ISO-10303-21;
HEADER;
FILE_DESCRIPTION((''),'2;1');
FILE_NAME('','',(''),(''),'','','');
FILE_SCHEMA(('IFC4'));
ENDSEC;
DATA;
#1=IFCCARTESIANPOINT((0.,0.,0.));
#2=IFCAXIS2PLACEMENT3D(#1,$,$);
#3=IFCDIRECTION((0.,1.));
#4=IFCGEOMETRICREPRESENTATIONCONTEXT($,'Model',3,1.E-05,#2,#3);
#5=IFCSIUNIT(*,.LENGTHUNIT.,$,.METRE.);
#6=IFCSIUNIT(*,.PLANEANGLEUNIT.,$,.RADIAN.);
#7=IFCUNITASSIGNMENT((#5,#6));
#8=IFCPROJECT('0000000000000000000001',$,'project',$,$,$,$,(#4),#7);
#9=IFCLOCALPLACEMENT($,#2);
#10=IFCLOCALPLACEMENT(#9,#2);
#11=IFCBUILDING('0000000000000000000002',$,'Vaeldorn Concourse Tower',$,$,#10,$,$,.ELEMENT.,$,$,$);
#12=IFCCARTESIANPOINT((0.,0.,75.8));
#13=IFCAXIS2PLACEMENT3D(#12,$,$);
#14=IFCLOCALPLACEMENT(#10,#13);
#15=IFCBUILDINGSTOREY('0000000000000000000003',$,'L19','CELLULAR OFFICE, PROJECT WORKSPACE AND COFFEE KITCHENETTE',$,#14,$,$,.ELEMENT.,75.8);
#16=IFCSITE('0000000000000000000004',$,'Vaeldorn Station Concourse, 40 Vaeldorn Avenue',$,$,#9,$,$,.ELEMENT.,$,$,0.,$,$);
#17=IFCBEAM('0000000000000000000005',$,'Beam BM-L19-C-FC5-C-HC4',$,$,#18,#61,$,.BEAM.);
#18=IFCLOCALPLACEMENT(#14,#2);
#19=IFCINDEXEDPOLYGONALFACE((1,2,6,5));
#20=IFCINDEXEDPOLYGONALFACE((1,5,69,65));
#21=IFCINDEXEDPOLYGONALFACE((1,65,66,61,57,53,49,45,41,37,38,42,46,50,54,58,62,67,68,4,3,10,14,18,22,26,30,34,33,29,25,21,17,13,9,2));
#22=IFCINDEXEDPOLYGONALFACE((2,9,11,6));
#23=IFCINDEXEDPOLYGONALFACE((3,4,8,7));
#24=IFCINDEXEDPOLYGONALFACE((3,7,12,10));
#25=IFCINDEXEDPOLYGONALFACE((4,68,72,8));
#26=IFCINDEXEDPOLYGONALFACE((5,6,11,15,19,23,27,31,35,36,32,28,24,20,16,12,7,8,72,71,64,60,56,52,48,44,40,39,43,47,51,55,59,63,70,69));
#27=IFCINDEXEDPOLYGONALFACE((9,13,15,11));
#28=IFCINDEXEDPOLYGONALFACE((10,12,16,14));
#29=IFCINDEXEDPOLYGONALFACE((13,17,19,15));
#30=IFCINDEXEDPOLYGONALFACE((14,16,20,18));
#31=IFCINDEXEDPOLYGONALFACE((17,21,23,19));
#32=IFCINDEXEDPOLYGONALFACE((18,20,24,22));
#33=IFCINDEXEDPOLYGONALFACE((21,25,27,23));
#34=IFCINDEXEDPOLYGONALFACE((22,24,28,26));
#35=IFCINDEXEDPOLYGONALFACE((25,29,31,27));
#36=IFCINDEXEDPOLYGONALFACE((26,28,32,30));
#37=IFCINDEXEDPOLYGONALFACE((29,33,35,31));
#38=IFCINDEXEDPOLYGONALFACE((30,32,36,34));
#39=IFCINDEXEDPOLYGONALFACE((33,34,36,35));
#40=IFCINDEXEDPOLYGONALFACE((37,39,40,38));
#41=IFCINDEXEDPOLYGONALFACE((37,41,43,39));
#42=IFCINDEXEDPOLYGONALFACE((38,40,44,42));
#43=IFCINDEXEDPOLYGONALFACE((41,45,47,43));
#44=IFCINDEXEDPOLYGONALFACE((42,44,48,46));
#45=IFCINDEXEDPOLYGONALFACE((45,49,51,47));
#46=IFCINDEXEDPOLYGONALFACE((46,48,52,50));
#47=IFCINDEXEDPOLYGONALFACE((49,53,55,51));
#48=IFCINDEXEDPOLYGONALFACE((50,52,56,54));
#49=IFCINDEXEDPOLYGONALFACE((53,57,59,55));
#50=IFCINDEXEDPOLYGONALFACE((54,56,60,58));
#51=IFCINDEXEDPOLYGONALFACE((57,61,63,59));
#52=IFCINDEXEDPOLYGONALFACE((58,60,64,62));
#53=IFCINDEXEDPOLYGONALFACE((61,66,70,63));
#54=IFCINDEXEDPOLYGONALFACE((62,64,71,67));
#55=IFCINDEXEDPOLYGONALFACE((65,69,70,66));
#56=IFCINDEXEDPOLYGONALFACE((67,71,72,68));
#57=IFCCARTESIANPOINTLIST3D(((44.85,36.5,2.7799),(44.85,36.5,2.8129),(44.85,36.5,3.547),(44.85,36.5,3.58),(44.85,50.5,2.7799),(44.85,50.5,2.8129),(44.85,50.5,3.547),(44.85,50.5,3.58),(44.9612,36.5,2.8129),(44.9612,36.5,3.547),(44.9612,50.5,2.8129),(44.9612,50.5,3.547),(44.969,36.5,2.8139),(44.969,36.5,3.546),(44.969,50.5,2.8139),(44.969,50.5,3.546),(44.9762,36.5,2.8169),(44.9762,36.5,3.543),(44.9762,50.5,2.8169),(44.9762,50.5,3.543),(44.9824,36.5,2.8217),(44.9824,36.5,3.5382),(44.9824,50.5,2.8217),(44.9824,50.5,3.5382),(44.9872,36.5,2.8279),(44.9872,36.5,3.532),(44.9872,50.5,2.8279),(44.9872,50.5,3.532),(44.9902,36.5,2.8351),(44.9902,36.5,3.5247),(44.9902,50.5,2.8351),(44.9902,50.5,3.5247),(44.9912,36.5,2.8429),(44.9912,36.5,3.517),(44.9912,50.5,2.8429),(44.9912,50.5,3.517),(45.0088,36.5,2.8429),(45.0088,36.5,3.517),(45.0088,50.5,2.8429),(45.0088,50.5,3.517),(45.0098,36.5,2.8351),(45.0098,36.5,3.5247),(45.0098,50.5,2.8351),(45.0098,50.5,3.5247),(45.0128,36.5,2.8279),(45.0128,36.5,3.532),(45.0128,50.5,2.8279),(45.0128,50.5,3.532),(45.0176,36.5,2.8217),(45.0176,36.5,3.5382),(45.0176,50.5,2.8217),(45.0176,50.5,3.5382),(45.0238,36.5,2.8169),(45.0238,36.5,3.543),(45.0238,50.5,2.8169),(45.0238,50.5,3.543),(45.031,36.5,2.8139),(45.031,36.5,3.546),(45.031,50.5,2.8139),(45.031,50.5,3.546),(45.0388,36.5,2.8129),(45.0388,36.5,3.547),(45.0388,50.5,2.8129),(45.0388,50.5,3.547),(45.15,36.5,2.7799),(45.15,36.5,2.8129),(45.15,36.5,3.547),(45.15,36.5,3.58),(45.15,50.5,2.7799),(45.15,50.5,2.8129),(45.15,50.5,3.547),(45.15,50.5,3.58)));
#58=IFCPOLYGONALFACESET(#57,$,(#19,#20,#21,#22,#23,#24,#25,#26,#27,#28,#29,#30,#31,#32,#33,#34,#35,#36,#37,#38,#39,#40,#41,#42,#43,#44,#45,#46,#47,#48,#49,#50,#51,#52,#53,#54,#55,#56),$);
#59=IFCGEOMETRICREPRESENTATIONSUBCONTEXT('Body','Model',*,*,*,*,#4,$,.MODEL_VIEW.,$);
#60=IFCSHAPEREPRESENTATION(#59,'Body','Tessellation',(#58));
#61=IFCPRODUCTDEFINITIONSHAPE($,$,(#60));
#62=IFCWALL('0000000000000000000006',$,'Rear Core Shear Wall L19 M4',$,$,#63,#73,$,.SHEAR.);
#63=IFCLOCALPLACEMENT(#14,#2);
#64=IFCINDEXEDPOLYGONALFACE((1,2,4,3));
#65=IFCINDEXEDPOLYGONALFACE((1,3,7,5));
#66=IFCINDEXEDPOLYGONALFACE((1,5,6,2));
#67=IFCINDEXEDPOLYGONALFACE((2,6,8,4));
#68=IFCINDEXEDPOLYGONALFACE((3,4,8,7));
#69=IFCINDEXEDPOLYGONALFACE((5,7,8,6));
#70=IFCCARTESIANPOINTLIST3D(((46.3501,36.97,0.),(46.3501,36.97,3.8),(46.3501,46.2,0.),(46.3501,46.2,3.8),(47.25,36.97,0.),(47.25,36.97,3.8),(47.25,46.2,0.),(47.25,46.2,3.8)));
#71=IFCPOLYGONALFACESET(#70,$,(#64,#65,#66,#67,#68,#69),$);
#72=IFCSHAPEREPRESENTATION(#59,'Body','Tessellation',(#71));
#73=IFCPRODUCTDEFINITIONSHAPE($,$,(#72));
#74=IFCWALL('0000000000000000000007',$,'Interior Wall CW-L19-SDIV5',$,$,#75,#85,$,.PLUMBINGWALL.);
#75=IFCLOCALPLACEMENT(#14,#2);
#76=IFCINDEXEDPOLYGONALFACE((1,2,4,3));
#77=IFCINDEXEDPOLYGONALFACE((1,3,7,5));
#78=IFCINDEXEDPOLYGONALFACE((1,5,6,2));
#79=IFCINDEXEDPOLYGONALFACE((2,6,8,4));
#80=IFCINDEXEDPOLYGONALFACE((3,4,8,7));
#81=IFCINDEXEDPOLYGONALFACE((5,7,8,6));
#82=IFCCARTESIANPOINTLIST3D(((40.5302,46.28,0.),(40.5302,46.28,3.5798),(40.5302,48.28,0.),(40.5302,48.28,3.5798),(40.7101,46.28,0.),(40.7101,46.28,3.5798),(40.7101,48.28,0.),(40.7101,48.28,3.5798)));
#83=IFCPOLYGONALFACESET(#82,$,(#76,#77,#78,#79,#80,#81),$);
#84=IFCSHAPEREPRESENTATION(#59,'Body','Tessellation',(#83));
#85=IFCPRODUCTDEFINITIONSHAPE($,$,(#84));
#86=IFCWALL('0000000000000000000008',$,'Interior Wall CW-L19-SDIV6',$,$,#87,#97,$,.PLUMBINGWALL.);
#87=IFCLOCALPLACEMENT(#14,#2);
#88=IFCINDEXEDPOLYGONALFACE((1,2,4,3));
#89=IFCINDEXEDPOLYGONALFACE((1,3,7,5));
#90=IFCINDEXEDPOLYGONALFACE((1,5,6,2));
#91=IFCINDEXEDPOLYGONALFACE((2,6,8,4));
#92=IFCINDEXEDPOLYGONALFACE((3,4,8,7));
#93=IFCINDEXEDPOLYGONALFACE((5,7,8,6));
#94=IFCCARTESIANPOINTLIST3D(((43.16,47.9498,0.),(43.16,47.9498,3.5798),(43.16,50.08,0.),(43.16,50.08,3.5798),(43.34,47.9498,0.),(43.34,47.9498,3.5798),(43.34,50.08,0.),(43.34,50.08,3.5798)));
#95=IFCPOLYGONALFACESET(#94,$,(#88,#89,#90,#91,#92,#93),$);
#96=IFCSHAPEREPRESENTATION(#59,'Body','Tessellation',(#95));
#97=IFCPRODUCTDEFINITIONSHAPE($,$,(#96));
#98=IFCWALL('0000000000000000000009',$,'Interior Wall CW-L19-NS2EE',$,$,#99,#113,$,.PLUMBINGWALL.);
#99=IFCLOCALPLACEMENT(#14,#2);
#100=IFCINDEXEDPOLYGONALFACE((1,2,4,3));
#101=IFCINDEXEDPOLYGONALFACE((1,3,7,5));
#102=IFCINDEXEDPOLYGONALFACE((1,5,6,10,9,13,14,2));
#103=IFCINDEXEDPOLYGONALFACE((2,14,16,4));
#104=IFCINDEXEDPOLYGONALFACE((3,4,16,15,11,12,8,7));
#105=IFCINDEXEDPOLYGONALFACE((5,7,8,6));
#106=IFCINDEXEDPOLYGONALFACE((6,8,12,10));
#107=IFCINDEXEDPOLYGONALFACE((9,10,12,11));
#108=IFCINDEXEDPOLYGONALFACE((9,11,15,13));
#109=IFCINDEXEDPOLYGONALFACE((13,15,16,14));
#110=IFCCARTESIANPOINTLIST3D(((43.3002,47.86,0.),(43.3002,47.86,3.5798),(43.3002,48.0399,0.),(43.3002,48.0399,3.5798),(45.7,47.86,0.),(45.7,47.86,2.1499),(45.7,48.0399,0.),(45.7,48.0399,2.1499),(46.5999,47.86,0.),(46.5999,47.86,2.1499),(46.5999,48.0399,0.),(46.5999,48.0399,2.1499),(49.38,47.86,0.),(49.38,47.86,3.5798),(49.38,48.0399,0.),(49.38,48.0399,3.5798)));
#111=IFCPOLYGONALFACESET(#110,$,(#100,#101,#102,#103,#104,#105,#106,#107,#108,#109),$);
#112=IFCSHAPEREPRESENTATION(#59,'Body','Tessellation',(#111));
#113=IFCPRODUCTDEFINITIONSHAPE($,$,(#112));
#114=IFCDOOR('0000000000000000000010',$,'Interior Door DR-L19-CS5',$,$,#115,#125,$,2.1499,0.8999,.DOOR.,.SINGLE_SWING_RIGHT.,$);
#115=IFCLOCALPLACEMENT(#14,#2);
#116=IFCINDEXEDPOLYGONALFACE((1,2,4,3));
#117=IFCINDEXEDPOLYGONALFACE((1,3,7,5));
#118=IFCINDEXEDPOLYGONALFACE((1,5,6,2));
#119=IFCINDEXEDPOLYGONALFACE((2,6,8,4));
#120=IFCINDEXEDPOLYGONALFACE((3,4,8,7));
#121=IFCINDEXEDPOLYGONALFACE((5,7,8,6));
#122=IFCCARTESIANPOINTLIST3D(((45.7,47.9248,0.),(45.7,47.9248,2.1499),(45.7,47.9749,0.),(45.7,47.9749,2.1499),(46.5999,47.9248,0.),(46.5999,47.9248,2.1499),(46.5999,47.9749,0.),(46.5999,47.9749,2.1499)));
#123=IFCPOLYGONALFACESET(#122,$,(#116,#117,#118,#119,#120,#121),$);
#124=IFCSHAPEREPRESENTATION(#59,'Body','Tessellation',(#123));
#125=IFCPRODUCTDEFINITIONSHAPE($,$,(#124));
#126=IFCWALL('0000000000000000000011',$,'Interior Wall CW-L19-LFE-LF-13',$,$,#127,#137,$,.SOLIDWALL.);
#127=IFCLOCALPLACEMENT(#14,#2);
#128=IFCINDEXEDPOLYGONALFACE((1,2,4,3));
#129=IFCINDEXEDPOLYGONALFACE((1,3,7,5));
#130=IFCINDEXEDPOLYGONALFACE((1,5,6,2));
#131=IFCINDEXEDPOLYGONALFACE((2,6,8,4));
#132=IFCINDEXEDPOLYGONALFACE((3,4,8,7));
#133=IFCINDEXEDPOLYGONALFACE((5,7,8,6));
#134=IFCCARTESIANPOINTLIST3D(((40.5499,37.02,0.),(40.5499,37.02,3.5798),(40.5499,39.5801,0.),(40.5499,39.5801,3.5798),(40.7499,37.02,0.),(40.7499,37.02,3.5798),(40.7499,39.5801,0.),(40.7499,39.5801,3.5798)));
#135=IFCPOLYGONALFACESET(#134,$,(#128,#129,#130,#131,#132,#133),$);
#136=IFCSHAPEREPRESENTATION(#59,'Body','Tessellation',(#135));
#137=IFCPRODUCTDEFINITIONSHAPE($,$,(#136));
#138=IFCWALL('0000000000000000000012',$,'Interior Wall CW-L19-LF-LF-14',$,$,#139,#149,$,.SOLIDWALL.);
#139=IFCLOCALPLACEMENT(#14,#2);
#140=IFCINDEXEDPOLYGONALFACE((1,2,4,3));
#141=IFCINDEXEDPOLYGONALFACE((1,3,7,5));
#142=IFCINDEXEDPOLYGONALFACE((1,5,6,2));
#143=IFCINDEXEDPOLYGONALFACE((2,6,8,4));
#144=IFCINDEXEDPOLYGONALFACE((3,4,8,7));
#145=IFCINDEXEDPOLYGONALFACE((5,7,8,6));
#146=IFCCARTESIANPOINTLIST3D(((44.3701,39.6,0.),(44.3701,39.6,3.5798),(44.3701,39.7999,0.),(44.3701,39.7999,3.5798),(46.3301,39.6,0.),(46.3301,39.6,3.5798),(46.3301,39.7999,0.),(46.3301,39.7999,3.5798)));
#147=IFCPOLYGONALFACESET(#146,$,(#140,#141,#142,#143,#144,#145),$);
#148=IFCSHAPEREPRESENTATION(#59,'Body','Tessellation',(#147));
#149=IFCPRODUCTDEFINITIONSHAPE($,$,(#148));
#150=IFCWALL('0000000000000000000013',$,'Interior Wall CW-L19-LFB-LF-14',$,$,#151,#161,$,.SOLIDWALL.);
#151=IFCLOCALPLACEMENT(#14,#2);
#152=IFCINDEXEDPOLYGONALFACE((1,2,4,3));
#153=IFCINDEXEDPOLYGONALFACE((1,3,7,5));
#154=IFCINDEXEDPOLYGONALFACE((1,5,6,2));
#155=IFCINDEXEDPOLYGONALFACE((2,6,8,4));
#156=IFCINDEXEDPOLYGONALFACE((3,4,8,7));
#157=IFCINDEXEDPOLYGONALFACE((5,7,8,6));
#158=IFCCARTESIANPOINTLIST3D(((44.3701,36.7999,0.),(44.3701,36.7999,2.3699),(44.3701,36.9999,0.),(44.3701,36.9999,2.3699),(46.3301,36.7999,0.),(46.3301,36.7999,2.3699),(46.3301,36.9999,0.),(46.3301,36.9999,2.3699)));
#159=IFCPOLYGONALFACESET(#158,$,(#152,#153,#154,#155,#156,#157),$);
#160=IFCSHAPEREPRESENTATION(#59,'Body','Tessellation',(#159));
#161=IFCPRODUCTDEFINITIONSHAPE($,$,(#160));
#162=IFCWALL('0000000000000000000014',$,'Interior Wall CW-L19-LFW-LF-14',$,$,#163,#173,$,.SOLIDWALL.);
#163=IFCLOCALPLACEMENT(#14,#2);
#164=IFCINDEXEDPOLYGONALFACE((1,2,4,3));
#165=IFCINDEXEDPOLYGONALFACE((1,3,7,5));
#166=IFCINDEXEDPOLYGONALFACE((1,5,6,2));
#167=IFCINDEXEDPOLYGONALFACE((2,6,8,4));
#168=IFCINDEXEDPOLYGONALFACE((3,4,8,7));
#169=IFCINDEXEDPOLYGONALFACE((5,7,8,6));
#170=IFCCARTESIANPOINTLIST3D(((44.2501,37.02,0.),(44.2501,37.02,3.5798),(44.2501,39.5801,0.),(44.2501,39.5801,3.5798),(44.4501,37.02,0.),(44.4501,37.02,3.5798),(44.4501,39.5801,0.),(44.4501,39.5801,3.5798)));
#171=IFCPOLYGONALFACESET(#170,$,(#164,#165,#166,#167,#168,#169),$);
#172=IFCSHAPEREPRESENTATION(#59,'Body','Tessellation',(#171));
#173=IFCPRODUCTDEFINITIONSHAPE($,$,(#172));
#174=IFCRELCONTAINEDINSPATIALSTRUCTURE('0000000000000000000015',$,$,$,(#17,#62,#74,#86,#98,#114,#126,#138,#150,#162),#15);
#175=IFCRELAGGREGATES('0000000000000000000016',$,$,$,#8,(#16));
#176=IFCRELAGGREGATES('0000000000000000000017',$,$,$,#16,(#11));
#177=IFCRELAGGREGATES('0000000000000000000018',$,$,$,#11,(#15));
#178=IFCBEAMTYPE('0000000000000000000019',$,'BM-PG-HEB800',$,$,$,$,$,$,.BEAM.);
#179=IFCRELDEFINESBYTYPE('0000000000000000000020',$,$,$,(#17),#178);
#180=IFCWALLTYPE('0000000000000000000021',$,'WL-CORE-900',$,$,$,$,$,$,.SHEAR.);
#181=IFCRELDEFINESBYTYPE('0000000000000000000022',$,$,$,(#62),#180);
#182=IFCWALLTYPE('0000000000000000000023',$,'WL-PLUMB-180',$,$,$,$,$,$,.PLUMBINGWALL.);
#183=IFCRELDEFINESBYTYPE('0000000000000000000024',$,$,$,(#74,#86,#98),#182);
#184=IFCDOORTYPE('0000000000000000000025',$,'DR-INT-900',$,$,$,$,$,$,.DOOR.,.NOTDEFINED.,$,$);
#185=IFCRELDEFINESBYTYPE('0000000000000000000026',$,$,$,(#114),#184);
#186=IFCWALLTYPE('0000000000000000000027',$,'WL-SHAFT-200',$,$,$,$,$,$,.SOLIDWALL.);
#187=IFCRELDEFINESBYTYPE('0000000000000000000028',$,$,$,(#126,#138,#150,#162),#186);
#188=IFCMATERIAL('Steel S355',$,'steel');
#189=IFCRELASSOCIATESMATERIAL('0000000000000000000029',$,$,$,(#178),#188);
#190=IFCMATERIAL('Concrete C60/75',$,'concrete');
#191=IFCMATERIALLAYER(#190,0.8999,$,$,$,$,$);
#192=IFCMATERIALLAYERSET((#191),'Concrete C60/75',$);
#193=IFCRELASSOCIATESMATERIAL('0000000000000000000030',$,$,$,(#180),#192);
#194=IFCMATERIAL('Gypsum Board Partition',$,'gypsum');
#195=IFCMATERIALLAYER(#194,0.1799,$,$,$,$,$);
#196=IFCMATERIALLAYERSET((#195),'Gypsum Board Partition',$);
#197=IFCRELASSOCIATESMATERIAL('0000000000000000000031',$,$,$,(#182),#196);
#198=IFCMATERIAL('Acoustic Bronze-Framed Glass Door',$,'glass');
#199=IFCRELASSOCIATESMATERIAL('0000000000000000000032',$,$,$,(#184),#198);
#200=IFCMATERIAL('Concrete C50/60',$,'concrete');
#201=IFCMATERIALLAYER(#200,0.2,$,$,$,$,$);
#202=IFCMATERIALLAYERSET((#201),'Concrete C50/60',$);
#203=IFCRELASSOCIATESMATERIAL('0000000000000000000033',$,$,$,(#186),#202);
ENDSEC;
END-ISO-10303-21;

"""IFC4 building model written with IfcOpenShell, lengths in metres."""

from ifc_helpers import new_model, si_unit, direction, frame, frame_2d, origin, origin_2d, place, context, subcontext, project, spatial, rectangle, i_section, extrude, source, transform, mapped, material, layer, layer_set, material_profile, profile_set, type_object, element, fill, save


model = new_model("IFC4")

# Units and contexts
model_context = context("Model", 3, precision=1e-05, world=origin(), true_north=direction((0.0, 1.0)))
body_context = subcontext(model_context, "Body", "Model", "MODEL_VIEW")
ifc_project = project(units=[si_unit("LENGTHUNIT", "METRE"), si_unit("PLANEANGLEUNIT", "RADIAN")], contexts=[model_context])

# Site, building, storey
site_placement = place(None, origin())
site = spatial("IfcSite", under=ifc_project, at=site_placement, Name="Vaeldorn Station Concourse, 40 Vaeldorn Avenue", CompositionType="ELEMENT", RefElevation=0.0)
building_placement = place(site_placement, origin())
building = spatial("IfcBuilding", under=site, at=building_placement, Name="Vaeldorn Concourse Tower", CompositionType="ELEMENT")
storey_placement = place(building_placement, frame((0.0, 0.0, 75.8)))
storey = spatial("IfcBuildingStorey", under=building, at=storey_placement, Name="L19", Description="CELLULAR OFFICE, PROJECT WORKSPACE AND COFFEE KITCHENETTE", CompositionType="ELEMENT", Elevation=75.8)

# Beam
ifc_material_1 = material(Name="Concrete C60/75", Category="concrete")
ifc_material_2 = material(Name="Steel S355", Category="steel")
ifc_material_profile_1 = material_profile(ifc_material_2, i_section(OverallWidth=0.3, OverallDepth=0.8, WebThickness=0.0176, FlangeThickness=0.033, FilletRadius=0.03, at=origin_2d()), Name="HEB 800")
ifc_profile_set_1 = profile_set([ifc_material_profile_1], Name="Steel S355")
beam_type_1 = type_object("IfcBeamType", Name="BM-PG-HEB800", PredefinedType="BEAM", material=ifc_profile_set_1)
shared_shape_1 = source(origin(), body_context, "Body", "SweptSolid", [
    extrude(i_section(OverallWidth=0.3, OverallDepth=0.8, WebThickness=0.0176, FlangeThickness=0.033, FilletRadius=0.03, at=origin_2d()), origin(), (0.0, 0.0, 1.0), 14.0),
])
beam_1_placement = place(storey_placement, frame((45.0, 36.5, 3.1799), z_axis=(0.0, 1.0, 0.0), x_axis=(-1.0, 0.0, 0.0)))
element("IfcBeam", 1, at=beam_1_placement, inside=storey, type_object=beam_type_1, Name="Beam BM-L19-C-FC5-C-HC4", PredefinedType="BEAM", context=body_context, shape_type="MappedRepresentation", body=[
    mapped(shared_shape_1, transform((0.0, 0.0, 0.0), scale=1.0)),
])

# Walls
ifc_layer_1 = layer(ifc_material_1, 0.8999)
ifc_layer_set_1 = layer_set([ifc_layer_1], Name="Concrete C60/75")
wall_type_1 = type_object("IfcWallType", Name="WL-CORE-900", PredefinedType="SHEAR", material=ifc_layer_set_1)
wall_1_placement = place(storey_placement, frame((46.8, 36.97, 0.0), z_axis=(0.0, 0.0, 1.0), x_axis=(0.0, 1.0, 0.0)))
element("IfcWall", 2, at=wall_1_placement, inside=storey, type_object=wall_type_1, Name="Rear Core Shear Wall L19 M4", PredefinedType="SHEAR", context=body_context, shape_type="SweptSolid", body=[
    extrude(rectangle(XDim=9.23, YDim=0.8999, at=frame_2d((4.615, 0.0))), origin(), (0.0, 0.0, 1.0), 3.8),
])
ifc_material_3 = material(Name="Gypsum Board Partition", Category="gypsum")
ifc_layer_2 = layer(ifc_material_3, 0.1799)
ifc_layer_set_2 = layer_set([ifc_layer_2], Name="Gypsum Board Partition")
wall_type_2 = type_object("IfcWallType", Name="WL-PLUMB-180", PredefinedType="PLUMBINGWALL", material=ifc_layer_set_2)
wall_2_placement = place(storey_placement, frame((40.6201, 46.28, 0.0), z_axis=(0.0, 0.0, 1.0), x_axis=(0.0, 1.0, 0.0)))
element("IfcWall", 3, at=wall_2_placement, inside=storey, type_object=wall_type_2, Name="Interior Wall CW-L19-SDIV5", PredefinedType="PLUMBINGWALL", context=body_context, shape_type="SweptSolid", body=[
    extrude(rectangle(XDim=2.0, YDim=0.1799, at=frame_2d((1.0, 0.0))), origin(), (0.0, 0.0, 1.0), 3.5798),
])
wall_3_placement = place(storey_placement, frame((43.25, 47.95, 0.0), z_axis=(0.0, 0.0, 1.0), x_axis=(0.0, 1.0, 0.0)))
element("IfcWall", 4, at=wall_3_placement, inside=storey, type_object=wall_type_2, Name="Interior Wall CW-L19-SDIV6", PredefinedType="PLUMBINGWALL", context=body_context, shape_type="SweptSolid", body=[
    extrude(rectangle(XDim=2.1301, YDim=0.1799, at=frame_2d((1.0649, 0.0))), origin(), (0.0, 0.0, 1.0), 3.5798),
])

# Wall, opening, door
wall_4_placement = place(storey_placement, frame((43.3, 47.95, 0.0), z_axis=(0.0, 0.0, 1.0), x_axis=(1.0, 0.0, 0.0)))
wall_4 = element("IfcWall", 5, at=wall_4_placement, inside=storey, type_object=wall_type_2, Name="Interior Wall CW-L19-NS2EE", PredefinedType="PLUMBINGWALL", context=body_context, shape_type="SweptSolid", body=[
    extrude(rectangle(XDim=6.0798, YDim=0.1799, at=frame_2d((3.04, 0.0))), origin(), (0.0, 0.0, 1.0), 3.5798),
])
opening_1_placement = place(wall_4_placement, frame((2.3999, 0.0, 0.0)))
opening_1 = element("IfcOpeningElement", 6, at=opening_1_placement, cuts=wall_4, PredefinedType="OPENING", context=body_context, shape_type="SweptSolid", body=[
    extrude(rectangle(XDim=0.8999, YDim=2.1499, at=frame_2d((0.45, 1.075))), frame((0.0, 0.1001, 0.0), z_axis=(0.0, -1.0, 0.0), x_axis=(1.0, 0.0, 0.0)), (0.0, 0.0, 1.0), 0.2),
])
ifc_material_4 = material(Name="Acoustic Bronze-Framed Glass Door", Category="glass")
door_type_1 = type_object("IfcDoorType", Name="DR-INT-900", OperationType="NOTDEFINED", PredefinedType="DOOR", material=ifc_material_4)
shared_shape_2 = source(origin(), body_context, "Body", "SweptSolid", [
    extrude(rectangle(XDim=0.8999, YDim=2.1499, at=frame_2d((0.45, 1.075))), frame((0.0, 0.0249, 0.0), z_axis=(0.0, -1.0, 0.0), x_axis=(1.0, 0.0, 0.0)), (0.0, 0.0, 1.0), 0.05),
])
door_1_placement = place(opening_1_placement, origin())
door_1 = element("IfcDoor", 7, at=door_1_placement, inside=storey, type_object=door_type_1, Name="Interior Door DR-L19-CS5", OperationType="SINGLE_SWING_RIGHT", OverallHeight=2.1499, OverallWidth=0.8999, PredefinedType="DOOR", context=body_context, shape_type="MappedRepresentation", body=[
    mapped(shared_shape_2, transform((0.0, 0.0, 0.0), scale=1.0)),
])
fill(opening_1, door_1)
ifc_material_5 = material(Name="Concrete C50/60", Category="concrete")
ifc_layer_3 = layer(ifc_material_5, 0.2)
ifc_layer_set_3 = layer_set([ifc_layer_3], Name="Concrete C50/60")
wall_type_3 = type_object("IfcWallType", Name="WL-SHAFT-200", PredefinedType="SOLIDWALL", material=ifc_layer_set_3)

# Walls
wall_5_placement = place(storey_placement, frame((40.6499, 37.02, 0.0), z_axis=(0.0, 0.0, 1.0), x_axis=(0.0, 1.0, 0.0)))
element("IfcWall", 8, at=wall_5_placement, inside=storey, type_object=wall_type_3, Name="Interior Wall CW-L19-LFE-LF-13", PredefinedType="SOLIDWALL", context=body_context, shape_type="SweptSolid", body=[
    extrude(rectangle(XDim=2.5601, YDim=0.2, at=frame_2d((1.28, 0.0))), origin(), (0.0, 0.0, 1.0), 3.5798),
])
wall_6_placement = place(storey_placement, frame((44.3701, 39.7, 0.0), z_axis=(0.0, 0.0, 1.0), x_axis=(1.0, 0.0, 0.0)))
element("IfcWall", 9, at=wall_6_placement, inside=storey, type_object=wall_type_3, Name="Interior Wall CW-L19-LF-LF-14", PredefinedType="SOLIDWALL", context=body_context, shape_type="SweptSolid", body=[
    extrude(rectangle(XDim=1.96, YDim=0.2, at=frame_2d((0.98, 0.0))), origin(), (0.0, 0.0, 1.0), 3.5798),
])
wall_7_placement = place(storey_placement, frame((44.3701, 36.8999, 0.0), z_axis=(0.0, 0.0, 1.0), x_axis=(1.0, 0.0, 0.0)))
element("IfcWall", 10, at=wall_7_placement, inside=storey, type_object=wall_type_3, Name="Interior Wall CW-L19-LFB-LF-14", PredefinedType="SOLIDWALL", context=body_context, shape_type="SweptSolid", body=[
    extrude(rectangle(XDim=1.96, YDim=0.2, at=frame_2d((0.98, 0.0))), origin(), (0.0, 0.0, 1.0), 2.3699),
])
wall_8_placement = place(storey_placement, frame((44.3501, 37.02, 0.0), z_axis=(0.0, 0.0, 1.0), x_axis=(0.0, 1.0, 0.0)))
element("IfcWall", 11, at=wall_8_placement, inside=storey, type_object=wall_type_3, Name="Interior Wall CW-L19-LFW-LF-14", PredefinedType="SOLIDWALL", context=body_context, shape_type="SweptSolid", body=[
    extrude(rectangle(XDim=2.5601, YDim=0.2, at=frame_2d((1.28, 0.0))), origin(), (0.0, 0.0, 1.0), 3.5798),
])

save(model, "model.ifc")
